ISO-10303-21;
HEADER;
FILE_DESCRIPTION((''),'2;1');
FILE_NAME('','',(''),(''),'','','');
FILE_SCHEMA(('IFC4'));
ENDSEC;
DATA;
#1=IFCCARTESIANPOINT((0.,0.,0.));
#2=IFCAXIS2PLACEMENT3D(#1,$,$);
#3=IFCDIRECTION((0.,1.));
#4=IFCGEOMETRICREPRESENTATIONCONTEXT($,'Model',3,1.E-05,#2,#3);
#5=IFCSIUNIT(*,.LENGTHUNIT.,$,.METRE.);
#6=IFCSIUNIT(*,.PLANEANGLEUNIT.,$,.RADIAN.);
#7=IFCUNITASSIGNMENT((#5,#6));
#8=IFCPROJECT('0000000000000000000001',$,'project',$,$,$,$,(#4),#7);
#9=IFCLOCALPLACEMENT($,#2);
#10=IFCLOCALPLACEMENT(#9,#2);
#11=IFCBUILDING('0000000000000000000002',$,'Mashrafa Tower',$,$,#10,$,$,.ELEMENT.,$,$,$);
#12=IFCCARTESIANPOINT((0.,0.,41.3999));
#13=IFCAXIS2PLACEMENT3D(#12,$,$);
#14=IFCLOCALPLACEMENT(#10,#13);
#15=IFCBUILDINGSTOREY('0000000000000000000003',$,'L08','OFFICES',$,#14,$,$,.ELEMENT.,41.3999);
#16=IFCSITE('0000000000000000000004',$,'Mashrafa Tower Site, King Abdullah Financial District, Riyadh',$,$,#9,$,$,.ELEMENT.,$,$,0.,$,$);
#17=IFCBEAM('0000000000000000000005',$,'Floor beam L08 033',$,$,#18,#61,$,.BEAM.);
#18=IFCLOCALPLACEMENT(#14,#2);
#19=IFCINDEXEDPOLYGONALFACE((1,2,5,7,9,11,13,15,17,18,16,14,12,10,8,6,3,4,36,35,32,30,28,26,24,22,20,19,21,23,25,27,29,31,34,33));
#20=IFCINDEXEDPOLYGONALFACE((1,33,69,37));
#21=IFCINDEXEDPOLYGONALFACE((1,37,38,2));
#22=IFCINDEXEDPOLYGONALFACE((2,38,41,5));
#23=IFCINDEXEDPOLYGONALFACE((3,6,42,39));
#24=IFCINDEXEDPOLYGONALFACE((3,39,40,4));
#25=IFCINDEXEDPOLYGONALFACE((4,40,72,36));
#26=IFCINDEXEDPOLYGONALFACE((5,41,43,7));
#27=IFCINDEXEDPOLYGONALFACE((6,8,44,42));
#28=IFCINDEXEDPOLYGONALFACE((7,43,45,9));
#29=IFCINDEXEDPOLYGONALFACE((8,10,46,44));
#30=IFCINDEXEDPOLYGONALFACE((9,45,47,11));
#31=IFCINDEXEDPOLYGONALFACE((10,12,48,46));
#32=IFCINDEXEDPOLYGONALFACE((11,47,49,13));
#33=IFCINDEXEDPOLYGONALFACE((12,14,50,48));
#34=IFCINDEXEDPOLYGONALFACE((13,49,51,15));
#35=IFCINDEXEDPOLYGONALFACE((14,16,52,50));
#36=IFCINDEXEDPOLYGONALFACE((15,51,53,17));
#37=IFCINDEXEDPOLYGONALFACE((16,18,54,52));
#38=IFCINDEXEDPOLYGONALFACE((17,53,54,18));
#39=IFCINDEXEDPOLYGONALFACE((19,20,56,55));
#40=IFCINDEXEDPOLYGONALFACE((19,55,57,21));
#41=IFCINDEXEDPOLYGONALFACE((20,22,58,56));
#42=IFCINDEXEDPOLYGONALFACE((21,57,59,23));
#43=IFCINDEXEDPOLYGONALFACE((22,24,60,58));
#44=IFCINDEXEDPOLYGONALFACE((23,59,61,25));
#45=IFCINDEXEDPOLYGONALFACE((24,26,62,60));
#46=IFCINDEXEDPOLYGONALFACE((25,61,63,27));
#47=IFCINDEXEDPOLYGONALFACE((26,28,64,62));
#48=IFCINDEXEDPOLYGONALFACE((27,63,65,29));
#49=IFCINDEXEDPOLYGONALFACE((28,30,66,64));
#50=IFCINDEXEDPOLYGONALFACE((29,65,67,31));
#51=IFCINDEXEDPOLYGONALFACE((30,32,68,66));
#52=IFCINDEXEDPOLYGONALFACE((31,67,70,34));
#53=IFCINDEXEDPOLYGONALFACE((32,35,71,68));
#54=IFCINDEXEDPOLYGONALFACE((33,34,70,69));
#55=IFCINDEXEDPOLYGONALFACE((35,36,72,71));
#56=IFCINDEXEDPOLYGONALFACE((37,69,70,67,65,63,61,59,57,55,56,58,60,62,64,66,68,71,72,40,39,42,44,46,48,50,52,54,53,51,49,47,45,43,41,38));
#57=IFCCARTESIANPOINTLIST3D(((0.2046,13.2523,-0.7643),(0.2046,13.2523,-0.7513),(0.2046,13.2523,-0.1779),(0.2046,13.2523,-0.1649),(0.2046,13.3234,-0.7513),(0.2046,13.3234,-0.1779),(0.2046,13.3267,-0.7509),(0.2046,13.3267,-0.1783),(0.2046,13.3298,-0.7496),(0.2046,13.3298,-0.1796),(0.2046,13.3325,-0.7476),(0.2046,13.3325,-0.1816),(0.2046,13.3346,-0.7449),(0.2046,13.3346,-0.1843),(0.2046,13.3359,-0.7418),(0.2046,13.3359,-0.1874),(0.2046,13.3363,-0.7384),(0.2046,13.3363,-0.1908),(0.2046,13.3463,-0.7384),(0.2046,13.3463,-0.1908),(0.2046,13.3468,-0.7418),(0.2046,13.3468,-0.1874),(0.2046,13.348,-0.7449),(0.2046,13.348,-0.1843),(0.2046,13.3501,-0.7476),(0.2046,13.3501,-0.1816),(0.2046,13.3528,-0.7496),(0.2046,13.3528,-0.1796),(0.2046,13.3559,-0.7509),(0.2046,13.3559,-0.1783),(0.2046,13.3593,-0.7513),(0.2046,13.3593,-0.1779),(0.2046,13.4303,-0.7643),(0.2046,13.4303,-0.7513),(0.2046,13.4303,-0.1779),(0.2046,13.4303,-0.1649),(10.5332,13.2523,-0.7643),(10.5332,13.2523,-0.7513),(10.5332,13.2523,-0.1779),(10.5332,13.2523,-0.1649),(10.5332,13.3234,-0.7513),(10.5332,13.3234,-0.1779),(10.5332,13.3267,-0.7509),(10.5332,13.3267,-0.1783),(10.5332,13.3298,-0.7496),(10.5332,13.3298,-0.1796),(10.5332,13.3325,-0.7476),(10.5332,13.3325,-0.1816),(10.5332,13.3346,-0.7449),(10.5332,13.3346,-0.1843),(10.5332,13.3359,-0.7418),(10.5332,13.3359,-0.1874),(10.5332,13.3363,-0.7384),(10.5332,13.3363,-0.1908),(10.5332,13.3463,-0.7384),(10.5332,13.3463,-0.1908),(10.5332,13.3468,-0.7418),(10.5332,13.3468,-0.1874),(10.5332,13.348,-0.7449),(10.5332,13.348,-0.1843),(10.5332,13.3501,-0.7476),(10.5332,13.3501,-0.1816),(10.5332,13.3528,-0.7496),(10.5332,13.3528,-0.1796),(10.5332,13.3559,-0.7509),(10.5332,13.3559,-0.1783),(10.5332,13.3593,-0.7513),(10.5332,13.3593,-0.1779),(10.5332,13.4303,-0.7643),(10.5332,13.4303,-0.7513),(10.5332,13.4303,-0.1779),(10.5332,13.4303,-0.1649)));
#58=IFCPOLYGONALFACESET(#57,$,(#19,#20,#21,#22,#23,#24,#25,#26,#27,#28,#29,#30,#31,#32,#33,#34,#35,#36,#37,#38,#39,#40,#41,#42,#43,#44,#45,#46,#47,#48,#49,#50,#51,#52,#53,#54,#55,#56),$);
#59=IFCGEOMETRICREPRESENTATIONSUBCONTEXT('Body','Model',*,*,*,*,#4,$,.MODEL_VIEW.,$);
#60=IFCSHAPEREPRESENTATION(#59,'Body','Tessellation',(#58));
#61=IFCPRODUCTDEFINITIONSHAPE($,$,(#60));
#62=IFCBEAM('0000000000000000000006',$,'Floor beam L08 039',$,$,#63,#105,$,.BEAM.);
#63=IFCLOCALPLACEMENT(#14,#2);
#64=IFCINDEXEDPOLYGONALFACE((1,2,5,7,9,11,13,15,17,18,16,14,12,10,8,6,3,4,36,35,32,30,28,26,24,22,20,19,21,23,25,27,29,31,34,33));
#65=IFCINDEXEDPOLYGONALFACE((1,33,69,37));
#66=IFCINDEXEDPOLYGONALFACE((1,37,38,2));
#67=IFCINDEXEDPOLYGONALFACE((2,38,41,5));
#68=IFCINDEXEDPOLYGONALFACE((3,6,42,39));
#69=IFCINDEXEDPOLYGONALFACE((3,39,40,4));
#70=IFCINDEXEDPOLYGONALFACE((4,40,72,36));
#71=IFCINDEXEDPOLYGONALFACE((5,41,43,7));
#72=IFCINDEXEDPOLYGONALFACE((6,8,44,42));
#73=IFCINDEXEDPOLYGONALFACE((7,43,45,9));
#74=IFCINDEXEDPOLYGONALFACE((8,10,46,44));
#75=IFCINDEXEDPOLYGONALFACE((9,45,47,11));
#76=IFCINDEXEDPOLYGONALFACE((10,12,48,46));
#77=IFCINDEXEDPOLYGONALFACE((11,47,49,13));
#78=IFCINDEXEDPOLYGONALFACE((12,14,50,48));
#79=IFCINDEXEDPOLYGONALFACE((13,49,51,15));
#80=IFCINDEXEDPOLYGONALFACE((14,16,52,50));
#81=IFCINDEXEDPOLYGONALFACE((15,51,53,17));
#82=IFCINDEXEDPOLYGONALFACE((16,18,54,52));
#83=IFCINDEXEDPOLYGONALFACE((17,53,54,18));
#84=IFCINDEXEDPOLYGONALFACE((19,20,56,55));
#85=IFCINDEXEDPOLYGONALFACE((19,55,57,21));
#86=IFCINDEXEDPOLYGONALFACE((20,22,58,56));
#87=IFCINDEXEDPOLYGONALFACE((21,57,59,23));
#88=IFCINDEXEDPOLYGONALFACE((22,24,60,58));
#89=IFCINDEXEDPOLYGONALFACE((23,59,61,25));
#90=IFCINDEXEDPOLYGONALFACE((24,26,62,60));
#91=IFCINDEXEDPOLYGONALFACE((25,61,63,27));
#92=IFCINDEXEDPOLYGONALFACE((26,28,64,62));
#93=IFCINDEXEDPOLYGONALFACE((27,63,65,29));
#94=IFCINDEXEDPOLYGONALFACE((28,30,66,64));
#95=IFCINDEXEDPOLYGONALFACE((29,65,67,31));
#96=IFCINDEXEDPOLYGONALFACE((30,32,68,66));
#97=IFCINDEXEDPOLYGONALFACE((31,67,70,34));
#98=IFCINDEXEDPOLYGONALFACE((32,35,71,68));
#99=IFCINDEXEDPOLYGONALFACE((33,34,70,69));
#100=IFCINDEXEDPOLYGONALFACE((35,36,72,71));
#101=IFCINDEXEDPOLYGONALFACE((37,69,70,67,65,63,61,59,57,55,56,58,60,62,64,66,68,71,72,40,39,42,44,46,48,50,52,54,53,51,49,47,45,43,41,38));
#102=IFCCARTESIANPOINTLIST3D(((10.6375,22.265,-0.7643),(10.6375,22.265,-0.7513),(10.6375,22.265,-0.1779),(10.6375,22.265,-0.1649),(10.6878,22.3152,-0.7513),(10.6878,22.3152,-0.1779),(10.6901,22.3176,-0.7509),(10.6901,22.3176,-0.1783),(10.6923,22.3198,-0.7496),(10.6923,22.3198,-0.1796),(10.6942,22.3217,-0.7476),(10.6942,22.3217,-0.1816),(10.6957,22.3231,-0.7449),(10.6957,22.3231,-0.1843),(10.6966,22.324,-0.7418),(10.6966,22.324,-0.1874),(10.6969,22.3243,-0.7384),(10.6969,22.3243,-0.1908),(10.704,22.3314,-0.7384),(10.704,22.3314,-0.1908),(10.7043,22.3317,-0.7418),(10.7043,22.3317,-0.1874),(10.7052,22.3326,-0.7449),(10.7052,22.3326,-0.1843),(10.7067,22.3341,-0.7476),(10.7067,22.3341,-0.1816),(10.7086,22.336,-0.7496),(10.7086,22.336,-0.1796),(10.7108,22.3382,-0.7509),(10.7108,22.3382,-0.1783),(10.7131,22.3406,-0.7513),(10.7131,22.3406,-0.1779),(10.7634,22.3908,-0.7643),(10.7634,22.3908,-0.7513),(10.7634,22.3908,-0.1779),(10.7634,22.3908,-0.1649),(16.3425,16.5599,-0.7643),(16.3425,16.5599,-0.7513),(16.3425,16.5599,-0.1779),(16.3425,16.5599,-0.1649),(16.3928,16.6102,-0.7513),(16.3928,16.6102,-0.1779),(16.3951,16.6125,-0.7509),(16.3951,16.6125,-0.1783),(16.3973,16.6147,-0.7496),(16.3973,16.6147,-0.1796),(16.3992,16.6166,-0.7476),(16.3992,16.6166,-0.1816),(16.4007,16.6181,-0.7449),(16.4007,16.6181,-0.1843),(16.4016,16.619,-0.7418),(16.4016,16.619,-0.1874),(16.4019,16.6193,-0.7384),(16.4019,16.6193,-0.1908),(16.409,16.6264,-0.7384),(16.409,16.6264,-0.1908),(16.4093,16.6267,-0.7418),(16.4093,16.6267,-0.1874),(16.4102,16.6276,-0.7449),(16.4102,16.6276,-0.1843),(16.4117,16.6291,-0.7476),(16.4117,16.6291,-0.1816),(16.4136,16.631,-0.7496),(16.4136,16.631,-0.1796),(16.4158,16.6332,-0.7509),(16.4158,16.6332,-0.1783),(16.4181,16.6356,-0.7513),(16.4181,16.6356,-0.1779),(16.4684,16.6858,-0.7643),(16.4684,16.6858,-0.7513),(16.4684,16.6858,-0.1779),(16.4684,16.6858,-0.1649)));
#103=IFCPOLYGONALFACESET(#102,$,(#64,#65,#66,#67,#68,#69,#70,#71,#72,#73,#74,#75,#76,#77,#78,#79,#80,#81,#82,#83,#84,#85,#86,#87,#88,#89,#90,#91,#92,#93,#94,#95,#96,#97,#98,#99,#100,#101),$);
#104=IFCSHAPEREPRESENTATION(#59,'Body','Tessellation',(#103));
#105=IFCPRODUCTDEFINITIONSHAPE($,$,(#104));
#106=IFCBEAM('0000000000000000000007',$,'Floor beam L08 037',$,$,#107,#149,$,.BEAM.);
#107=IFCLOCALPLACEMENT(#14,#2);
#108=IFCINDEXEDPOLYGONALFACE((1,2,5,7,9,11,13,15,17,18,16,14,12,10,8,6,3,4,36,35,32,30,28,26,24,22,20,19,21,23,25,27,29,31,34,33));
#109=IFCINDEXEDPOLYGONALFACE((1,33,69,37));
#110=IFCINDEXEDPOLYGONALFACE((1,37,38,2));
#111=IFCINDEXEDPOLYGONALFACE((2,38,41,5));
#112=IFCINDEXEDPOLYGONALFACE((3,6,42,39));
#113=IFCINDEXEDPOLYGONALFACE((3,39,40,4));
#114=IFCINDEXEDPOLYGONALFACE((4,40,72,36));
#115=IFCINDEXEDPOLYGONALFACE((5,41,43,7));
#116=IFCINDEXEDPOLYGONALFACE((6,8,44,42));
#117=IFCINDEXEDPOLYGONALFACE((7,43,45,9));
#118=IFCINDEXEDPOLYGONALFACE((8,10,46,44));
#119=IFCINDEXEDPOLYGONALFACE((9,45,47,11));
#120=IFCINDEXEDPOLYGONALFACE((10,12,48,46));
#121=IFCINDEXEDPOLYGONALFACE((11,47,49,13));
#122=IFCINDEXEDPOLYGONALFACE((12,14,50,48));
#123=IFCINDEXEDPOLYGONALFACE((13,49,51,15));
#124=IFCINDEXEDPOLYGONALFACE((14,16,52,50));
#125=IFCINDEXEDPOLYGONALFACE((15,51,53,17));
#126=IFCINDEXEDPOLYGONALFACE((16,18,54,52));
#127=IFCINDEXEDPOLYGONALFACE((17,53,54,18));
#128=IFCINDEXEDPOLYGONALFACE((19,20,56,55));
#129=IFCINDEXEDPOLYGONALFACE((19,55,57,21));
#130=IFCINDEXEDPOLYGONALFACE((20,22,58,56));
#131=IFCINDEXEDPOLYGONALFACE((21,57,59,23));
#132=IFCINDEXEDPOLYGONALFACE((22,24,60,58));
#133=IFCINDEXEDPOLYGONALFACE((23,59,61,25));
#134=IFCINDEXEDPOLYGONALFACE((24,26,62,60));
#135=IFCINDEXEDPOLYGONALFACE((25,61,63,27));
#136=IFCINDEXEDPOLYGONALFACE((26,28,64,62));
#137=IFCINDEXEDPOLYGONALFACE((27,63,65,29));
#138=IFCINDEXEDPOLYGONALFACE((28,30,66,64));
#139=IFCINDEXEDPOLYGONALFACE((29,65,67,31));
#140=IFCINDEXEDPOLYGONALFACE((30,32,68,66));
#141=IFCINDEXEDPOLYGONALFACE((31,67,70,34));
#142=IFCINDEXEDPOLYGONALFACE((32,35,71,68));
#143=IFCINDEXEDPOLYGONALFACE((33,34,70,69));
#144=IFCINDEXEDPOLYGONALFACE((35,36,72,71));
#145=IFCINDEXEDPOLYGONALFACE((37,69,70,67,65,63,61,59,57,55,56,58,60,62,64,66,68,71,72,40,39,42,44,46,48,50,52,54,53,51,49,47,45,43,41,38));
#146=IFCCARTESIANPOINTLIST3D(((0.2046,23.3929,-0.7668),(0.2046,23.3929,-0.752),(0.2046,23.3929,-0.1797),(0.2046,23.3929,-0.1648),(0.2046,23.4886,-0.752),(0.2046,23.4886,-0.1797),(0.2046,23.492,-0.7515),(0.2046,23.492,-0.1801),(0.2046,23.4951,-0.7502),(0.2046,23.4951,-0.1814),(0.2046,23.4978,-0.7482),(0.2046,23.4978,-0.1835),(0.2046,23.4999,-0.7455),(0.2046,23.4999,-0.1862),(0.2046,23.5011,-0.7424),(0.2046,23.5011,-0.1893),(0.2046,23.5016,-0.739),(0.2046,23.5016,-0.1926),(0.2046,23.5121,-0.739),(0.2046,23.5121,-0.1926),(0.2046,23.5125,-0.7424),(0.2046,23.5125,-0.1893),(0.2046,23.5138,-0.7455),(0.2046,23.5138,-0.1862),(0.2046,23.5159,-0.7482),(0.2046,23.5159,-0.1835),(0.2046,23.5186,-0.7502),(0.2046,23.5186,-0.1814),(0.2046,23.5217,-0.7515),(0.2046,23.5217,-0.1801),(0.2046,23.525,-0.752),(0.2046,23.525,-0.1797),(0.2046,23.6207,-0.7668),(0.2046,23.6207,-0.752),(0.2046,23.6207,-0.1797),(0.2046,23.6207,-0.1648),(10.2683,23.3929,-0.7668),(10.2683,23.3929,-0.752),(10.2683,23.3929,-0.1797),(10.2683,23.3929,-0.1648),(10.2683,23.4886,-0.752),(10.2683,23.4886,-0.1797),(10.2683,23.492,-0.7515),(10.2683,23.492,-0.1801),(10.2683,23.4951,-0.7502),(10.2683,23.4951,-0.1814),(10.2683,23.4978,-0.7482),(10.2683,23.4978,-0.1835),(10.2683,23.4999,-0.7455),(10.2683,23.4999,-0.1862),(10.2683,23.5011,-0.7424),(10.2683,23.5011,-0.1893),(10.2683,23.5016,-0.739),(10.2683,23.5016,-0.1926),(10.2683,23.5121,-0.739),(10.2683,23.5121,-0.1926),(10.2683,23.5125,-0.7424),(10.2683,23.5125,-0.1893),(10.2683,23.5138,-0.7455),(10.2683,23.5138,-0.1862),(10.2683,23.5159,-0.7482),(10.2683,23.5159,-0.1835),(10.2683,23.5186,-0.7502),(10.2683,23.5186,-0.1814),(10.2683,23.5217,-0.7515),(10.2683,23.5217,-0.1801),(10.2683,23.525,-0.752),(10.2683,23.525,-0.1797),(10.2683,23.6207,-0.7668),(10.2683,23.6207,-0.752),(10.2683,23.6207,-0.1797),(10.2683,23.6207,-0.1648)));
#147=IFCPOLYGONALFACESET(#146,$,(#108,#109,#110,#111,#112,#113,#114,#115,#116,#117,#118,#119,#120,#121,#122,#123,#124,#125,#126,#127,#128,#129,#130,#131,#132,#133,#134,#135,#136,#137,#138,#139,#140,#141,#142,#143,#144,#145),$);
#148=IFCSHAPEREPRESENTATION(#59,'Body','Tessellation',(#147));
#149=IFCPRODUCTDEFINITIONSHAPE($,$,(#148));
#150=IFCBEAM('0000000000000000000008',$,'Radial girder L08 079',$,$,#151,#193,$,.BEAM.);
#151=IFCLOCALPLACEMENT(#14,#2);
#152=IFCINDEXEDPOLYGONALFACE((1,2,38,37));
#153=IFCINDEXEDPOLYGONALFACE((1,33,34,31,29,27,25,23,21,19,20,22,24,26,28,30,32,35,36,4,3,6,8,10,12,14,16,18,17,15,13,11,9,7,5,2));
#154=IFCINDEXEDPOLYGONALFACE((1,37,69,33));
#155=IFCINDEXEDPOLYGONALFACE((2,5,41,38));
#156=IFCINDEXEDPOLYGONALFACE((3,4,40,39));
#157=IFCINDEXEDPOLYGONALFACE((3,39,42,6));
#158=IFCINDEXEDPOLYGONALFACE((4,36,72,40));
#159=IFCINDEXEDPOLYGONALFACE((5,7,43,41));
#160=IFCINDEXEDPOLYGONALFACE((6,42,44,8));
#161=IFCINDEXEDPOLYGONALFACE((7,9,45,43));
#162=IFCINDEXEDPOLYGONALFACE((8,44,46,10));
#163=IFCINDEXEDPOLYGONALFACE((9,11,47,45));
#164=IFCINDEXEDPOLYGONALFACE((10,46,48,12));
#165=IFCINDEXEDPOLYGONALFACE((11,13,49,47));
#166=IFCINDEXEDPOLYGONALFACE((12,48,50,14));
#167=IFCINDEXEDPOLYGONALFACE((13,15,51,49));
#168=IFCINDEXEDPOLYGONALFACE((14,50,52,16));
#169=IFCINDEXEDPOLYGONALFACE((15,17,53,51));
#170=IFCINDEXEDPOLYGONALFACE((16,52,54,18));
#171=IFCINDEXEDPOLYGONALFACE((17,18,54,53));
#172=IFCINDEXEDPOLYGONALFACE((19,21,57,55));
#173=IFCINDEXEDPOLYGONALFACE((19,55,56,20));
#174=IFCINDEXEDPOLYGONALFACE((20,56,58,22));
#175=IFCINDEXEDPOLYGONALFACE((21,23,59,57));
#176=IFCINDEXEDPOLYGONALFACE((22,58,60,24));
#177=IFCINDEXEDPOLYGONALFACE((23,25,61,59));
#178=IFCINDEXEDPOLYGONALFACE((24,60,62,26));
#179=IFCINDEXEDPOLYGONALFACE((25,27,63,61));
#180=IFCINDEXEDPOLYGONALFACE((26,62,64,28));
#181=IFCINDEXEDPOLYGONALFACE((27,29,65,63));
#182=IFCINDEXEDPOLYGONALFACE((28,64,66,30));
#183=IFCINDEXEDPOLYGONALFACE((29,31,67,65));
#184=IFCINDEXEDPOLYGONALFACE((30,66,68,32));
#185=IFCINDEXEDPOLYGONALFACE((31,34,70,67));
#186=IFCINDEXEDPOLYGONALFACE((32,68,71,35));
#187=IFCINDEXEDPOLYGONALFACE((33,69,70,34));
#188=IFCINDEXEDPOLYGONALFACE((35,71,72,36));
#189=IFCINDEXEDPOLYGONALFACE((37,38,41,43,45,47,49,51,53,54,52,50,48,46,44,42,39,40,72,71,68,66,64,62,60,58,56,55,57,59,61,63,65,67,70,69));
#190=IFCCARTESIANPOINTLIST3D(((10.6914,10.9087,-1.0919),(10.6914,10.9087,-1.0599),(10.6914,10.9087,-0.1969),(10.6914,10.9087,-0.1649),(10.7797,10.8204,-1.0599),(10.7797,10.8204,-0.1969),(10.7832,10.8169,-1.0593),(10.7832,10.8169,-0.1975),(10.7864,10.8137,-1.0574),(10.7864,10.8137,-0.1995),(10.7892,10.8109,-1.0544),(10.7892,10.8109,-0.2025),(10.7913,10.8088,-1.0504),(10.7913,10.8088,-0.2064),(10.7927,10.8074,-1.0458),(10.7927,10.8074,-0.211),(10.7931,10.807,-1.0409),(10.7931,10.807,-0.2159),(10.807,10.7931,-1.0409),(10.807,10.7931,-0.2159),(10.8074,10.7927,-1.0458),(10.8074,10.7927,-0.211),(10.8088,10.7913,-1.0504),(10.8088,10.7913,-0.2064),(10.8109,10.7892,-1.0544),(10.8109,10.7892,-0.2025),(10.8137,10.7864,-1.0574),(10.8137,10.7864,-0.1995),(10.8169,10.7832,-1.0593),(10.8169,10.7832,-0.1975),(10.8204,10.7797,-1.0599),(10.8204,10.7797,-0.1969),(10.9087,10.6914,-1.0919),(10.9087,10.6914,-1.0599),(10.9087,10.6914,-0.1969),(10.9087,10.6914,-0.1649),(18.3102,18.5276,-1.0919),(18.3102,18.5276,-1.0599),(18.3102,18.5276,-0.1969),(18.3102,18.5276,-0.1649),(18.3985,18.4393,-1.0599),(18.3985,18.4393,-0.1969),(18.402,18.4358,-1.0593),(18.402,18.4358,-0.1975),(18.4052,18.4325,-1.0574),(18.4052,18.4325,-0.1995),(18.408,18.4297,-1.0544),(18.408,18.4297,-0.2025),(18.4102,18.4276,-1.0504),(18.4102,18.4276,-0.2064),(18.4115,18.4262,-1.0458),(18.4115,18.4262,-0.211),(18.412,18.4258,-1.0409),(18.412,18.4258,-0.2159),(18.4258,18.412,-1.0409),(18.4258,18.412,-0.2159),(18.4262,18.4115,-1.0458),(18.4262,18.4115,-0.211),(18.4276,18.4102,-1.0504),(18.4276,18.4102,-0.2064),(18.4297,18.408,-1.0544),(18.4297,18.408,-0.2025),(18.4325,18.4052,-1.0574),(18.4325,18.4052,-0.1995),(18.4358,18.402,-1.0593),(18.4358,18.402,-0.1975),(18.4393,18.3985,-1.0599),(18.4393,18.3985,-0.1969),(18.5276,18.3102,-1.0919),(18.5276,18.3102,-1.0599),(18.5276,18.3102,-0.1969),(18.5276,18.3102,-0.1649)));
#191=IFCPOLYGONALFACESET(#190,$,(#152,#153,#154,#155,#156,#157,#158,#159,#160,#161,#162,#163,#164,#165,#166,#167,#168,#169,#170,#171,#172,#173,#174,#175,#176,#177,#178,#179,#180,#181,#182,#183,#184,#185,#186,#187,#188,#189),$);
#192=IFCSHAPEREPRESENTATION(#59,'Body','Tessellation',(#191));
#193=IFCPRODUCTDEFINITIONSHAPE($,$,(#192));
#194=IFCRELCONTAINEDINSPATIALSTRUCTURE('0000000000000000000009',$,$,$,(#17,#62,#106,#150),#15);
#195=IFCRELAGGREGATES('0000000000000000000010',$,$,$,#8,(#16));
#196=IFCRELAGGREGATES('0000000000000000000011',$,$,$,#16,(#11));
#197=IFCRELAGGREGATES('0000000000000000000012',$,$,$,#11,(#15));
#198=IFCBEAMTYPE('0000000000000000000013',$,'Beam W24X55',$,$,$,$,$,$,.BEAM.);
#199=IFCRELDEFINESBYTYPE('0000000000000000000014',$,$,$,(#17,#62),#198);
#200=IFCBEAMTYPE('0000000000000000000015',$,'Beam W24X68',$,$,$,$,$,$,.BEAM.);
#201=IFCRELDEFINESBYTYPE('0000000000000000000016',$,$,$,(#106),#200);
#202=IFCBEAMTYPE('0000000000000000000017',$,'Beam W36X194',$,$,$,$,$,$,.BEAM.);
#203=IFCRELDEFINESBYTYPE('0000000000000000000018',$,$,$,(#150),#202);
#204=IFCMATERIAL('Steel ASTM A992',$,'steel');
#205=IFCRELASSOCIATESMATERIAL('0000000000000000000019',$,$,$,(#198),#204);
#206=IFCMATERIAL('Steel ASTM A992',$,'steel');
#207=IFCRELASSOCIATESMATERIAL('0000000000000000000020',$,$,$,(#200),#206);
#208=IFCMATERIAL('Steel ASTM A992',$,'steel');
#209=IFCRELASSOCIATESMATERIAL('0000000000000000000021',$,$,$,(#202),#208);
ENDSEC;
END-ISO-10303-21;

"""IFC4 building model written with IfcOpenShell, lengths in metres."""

from ifc_helpers import new_model, si_unit, direction, frame, origin, origin_2d, place, context, subcontext, project, spatial, i_section, extrude, material, material_profile, profile_set, type_object, element, save


model = new_model("IFC4")

# Units and contexts
model_context = context("Model", 3, precision=1e-05, world=origin(), true_north=direction((0.0, 1.0)))
body_context = subcontext(model_context, "Body", "Model", "MODEL_VIEW")
ifc_project = project(units=[si_unit("LENGTHUNIT", "METRE"), si_unit("PLANEANGLEUNIT", "RADIAN")], contexts=[model_context])

# Site, building, storey
site_placement = place(None, origin())
site = spatial("IfcSite", under=ifc_project, at=site_placement, Name="Mashrafa Tower Site, King Abdullah Financial District, Riyadh", CompositionType="ELEMENT", RefElevation=0.0)
building_placement = place(site_placement, origin())
building = spatial("IfcBuilding", under=site, at=building_placement, Name="Mashrafa Tower", CompositionType="ELEMENT")
storey_placement = place(building_placement, frame((0.0, 0.0, 41.3999)))
storey = spatial("IfcBuildingStorey", under=building, at=storey_placement, Name="L08", Description="OFFICES", CompositionType="ELEMENT", Elevation=41.3999)

# Beams
ifc_material_1 = material(Name="Steel ASTM A992", Category="steel")
ifc_material_profile_1 = material_profile(ifc_material_1, i_section(OverallWidth=0.178, OverallDepth=0.5994, WebThickness=0.01, FlangeThickness=0.0129, FilletRadius=0.0129, at=origin_2d()), Name="W24X55")
ifc_profile_set_1 = profile_set([ifc_material_profile_1], Name="Steel ASTM A992")
beam_type_1 = type_object("IfcBeamType", Name="Beam W24X55", PredefinedType="BEAM", material=ifc_profile_set_1)
beam_1_placement = place(storey_placement, frame((0.2046, 13.3413, -0.4646), z_axis=(1.0, 0.0, 0.0), x_axis=(0.0, 1.0, 0.0)))
element("IfcBeam", 1, at=beam_1_placement, inside=storey, type_object=beam_type_1, Name="Floor beam L08 033", PredefinedType="BEAM", context=body_context, shape_type="SweptSolid", body=[
    extrude(i_section(OverallWidth=0.178, OverallDepth=0.5994, WebThickness=0.01, FlangeThickness=0.0129, FilletRadius=0.0129, at=origin_2d()), origin(), (0.0, 0.0, 1.0), 10.3286),
])
beam_2_placement = place(storey_placement, frame((10.7004, 22.3279, -0.4646), z_axis=(0.707107, -0.707107, 0.0), x_axis=(0.707107, 0.707107, 0.0)))
element("IfcBeam", 2, at=beam_2_placement, inside=storey, type_object=beam_type_1, Name="Floor beam L08 039", PredefinedType="BEAM", context=body_context, shape_type="SweptSolid", body=[
    extrude(i_section(OverallWidth=0.178, OverallDepth=0.5994, WebThickness=0.01, FlangeThickness=0.0129, FilletRadius=0.0129, at=origin_2d()), origin(), (0.0, 0.0, 1.0), 8.0681),
])
ifc_material_2 = material(Name="Steel ASTM A992", Category="steel")
ifc_material_profile_2 = material_profile(ifc_material_2, i_section(OverallWidth=0.2278, OverallDepth=0.6021, WebThickness=0.0105, FlangeThickness=0.0149, FilletRadius=0.0129, at=origin_2d()), Name="W24X68")
ifc_profile_set_2 = profile_set([ifc_material_profile_2], Name="Steel ASTM A992")
beam_type_2 = type_object("IfcBeamType", Name="Beam W24X68", PredefinedType="BEAM", material=ifc_profile_set_2)
beam_3_placement = place(storey_placement, frame((0.2046, 23.5068, -0.4658), z_axis=(1.0, 0.0, 0.0), x_axis=(0.0, 1.0, 0.0)))
element("IfcBeam", 3, at=beam_3_placement, inside=storey, type_object=beam_type_2, Name="Floor beam L08 037", PredefinedType="BEAM", context=body_context, shape_type="SweptSolid", body=[
    extrude(i_section(OverallWidth=0.2278, OverallDepth=0.6021, WebThickness=0.0105, FlangeThickness=0.0149, FilletRadius=0.0129, at=origin_2d()), origin(), (0.0, 0.0, 1.0), 10.0637),
])
ifc_material_3 = material(Name="Steel ASTM A992", Category="steel")
ifc_material_profile_3 = material_profile(ifc_material_3, i_section(OverallWidth=0.3074, OverallDepth=0.927, WebThickness=0.0195, FlangeThickness=0.032, FilletRadius=0.019, at=origin_2d()), Name="W36X194")
ifc_profile_set_3 = profile_set([ifc_material_profile_3], Name="Steel ASTM A992")
beam_type_3 = type_object("IfcBeamType", Name="Beam W36X194", PredefinedType="BEAM", material=ifc_profile_set_3)
beam_4_placement = place(storey_placement, frame((10.8, 10.8, -0.6284), z_axis=(0.707107, 0.707107, 0.0), x_axis=(-0.707107, 0.707107, 0.0)))
element("IfcBeam", 4, at=beam_4_placement, inside=storey, type_object=beam_type_3, Name="Radial girder L08 079", PredefinedType="BEAM", context=body_context, shape_type="SweptSolid", body=[
    extrude(i_section(OverallWidth=0.3074, OverallDepth=0.927, WebThickness=0.0195, FlangeThickness=0.032, FilletRadius=0.019, at=origin_2d()), origin(), (0.0, 0.0, 1.0), 10.7747),
])

save(model, "model.ifc")
